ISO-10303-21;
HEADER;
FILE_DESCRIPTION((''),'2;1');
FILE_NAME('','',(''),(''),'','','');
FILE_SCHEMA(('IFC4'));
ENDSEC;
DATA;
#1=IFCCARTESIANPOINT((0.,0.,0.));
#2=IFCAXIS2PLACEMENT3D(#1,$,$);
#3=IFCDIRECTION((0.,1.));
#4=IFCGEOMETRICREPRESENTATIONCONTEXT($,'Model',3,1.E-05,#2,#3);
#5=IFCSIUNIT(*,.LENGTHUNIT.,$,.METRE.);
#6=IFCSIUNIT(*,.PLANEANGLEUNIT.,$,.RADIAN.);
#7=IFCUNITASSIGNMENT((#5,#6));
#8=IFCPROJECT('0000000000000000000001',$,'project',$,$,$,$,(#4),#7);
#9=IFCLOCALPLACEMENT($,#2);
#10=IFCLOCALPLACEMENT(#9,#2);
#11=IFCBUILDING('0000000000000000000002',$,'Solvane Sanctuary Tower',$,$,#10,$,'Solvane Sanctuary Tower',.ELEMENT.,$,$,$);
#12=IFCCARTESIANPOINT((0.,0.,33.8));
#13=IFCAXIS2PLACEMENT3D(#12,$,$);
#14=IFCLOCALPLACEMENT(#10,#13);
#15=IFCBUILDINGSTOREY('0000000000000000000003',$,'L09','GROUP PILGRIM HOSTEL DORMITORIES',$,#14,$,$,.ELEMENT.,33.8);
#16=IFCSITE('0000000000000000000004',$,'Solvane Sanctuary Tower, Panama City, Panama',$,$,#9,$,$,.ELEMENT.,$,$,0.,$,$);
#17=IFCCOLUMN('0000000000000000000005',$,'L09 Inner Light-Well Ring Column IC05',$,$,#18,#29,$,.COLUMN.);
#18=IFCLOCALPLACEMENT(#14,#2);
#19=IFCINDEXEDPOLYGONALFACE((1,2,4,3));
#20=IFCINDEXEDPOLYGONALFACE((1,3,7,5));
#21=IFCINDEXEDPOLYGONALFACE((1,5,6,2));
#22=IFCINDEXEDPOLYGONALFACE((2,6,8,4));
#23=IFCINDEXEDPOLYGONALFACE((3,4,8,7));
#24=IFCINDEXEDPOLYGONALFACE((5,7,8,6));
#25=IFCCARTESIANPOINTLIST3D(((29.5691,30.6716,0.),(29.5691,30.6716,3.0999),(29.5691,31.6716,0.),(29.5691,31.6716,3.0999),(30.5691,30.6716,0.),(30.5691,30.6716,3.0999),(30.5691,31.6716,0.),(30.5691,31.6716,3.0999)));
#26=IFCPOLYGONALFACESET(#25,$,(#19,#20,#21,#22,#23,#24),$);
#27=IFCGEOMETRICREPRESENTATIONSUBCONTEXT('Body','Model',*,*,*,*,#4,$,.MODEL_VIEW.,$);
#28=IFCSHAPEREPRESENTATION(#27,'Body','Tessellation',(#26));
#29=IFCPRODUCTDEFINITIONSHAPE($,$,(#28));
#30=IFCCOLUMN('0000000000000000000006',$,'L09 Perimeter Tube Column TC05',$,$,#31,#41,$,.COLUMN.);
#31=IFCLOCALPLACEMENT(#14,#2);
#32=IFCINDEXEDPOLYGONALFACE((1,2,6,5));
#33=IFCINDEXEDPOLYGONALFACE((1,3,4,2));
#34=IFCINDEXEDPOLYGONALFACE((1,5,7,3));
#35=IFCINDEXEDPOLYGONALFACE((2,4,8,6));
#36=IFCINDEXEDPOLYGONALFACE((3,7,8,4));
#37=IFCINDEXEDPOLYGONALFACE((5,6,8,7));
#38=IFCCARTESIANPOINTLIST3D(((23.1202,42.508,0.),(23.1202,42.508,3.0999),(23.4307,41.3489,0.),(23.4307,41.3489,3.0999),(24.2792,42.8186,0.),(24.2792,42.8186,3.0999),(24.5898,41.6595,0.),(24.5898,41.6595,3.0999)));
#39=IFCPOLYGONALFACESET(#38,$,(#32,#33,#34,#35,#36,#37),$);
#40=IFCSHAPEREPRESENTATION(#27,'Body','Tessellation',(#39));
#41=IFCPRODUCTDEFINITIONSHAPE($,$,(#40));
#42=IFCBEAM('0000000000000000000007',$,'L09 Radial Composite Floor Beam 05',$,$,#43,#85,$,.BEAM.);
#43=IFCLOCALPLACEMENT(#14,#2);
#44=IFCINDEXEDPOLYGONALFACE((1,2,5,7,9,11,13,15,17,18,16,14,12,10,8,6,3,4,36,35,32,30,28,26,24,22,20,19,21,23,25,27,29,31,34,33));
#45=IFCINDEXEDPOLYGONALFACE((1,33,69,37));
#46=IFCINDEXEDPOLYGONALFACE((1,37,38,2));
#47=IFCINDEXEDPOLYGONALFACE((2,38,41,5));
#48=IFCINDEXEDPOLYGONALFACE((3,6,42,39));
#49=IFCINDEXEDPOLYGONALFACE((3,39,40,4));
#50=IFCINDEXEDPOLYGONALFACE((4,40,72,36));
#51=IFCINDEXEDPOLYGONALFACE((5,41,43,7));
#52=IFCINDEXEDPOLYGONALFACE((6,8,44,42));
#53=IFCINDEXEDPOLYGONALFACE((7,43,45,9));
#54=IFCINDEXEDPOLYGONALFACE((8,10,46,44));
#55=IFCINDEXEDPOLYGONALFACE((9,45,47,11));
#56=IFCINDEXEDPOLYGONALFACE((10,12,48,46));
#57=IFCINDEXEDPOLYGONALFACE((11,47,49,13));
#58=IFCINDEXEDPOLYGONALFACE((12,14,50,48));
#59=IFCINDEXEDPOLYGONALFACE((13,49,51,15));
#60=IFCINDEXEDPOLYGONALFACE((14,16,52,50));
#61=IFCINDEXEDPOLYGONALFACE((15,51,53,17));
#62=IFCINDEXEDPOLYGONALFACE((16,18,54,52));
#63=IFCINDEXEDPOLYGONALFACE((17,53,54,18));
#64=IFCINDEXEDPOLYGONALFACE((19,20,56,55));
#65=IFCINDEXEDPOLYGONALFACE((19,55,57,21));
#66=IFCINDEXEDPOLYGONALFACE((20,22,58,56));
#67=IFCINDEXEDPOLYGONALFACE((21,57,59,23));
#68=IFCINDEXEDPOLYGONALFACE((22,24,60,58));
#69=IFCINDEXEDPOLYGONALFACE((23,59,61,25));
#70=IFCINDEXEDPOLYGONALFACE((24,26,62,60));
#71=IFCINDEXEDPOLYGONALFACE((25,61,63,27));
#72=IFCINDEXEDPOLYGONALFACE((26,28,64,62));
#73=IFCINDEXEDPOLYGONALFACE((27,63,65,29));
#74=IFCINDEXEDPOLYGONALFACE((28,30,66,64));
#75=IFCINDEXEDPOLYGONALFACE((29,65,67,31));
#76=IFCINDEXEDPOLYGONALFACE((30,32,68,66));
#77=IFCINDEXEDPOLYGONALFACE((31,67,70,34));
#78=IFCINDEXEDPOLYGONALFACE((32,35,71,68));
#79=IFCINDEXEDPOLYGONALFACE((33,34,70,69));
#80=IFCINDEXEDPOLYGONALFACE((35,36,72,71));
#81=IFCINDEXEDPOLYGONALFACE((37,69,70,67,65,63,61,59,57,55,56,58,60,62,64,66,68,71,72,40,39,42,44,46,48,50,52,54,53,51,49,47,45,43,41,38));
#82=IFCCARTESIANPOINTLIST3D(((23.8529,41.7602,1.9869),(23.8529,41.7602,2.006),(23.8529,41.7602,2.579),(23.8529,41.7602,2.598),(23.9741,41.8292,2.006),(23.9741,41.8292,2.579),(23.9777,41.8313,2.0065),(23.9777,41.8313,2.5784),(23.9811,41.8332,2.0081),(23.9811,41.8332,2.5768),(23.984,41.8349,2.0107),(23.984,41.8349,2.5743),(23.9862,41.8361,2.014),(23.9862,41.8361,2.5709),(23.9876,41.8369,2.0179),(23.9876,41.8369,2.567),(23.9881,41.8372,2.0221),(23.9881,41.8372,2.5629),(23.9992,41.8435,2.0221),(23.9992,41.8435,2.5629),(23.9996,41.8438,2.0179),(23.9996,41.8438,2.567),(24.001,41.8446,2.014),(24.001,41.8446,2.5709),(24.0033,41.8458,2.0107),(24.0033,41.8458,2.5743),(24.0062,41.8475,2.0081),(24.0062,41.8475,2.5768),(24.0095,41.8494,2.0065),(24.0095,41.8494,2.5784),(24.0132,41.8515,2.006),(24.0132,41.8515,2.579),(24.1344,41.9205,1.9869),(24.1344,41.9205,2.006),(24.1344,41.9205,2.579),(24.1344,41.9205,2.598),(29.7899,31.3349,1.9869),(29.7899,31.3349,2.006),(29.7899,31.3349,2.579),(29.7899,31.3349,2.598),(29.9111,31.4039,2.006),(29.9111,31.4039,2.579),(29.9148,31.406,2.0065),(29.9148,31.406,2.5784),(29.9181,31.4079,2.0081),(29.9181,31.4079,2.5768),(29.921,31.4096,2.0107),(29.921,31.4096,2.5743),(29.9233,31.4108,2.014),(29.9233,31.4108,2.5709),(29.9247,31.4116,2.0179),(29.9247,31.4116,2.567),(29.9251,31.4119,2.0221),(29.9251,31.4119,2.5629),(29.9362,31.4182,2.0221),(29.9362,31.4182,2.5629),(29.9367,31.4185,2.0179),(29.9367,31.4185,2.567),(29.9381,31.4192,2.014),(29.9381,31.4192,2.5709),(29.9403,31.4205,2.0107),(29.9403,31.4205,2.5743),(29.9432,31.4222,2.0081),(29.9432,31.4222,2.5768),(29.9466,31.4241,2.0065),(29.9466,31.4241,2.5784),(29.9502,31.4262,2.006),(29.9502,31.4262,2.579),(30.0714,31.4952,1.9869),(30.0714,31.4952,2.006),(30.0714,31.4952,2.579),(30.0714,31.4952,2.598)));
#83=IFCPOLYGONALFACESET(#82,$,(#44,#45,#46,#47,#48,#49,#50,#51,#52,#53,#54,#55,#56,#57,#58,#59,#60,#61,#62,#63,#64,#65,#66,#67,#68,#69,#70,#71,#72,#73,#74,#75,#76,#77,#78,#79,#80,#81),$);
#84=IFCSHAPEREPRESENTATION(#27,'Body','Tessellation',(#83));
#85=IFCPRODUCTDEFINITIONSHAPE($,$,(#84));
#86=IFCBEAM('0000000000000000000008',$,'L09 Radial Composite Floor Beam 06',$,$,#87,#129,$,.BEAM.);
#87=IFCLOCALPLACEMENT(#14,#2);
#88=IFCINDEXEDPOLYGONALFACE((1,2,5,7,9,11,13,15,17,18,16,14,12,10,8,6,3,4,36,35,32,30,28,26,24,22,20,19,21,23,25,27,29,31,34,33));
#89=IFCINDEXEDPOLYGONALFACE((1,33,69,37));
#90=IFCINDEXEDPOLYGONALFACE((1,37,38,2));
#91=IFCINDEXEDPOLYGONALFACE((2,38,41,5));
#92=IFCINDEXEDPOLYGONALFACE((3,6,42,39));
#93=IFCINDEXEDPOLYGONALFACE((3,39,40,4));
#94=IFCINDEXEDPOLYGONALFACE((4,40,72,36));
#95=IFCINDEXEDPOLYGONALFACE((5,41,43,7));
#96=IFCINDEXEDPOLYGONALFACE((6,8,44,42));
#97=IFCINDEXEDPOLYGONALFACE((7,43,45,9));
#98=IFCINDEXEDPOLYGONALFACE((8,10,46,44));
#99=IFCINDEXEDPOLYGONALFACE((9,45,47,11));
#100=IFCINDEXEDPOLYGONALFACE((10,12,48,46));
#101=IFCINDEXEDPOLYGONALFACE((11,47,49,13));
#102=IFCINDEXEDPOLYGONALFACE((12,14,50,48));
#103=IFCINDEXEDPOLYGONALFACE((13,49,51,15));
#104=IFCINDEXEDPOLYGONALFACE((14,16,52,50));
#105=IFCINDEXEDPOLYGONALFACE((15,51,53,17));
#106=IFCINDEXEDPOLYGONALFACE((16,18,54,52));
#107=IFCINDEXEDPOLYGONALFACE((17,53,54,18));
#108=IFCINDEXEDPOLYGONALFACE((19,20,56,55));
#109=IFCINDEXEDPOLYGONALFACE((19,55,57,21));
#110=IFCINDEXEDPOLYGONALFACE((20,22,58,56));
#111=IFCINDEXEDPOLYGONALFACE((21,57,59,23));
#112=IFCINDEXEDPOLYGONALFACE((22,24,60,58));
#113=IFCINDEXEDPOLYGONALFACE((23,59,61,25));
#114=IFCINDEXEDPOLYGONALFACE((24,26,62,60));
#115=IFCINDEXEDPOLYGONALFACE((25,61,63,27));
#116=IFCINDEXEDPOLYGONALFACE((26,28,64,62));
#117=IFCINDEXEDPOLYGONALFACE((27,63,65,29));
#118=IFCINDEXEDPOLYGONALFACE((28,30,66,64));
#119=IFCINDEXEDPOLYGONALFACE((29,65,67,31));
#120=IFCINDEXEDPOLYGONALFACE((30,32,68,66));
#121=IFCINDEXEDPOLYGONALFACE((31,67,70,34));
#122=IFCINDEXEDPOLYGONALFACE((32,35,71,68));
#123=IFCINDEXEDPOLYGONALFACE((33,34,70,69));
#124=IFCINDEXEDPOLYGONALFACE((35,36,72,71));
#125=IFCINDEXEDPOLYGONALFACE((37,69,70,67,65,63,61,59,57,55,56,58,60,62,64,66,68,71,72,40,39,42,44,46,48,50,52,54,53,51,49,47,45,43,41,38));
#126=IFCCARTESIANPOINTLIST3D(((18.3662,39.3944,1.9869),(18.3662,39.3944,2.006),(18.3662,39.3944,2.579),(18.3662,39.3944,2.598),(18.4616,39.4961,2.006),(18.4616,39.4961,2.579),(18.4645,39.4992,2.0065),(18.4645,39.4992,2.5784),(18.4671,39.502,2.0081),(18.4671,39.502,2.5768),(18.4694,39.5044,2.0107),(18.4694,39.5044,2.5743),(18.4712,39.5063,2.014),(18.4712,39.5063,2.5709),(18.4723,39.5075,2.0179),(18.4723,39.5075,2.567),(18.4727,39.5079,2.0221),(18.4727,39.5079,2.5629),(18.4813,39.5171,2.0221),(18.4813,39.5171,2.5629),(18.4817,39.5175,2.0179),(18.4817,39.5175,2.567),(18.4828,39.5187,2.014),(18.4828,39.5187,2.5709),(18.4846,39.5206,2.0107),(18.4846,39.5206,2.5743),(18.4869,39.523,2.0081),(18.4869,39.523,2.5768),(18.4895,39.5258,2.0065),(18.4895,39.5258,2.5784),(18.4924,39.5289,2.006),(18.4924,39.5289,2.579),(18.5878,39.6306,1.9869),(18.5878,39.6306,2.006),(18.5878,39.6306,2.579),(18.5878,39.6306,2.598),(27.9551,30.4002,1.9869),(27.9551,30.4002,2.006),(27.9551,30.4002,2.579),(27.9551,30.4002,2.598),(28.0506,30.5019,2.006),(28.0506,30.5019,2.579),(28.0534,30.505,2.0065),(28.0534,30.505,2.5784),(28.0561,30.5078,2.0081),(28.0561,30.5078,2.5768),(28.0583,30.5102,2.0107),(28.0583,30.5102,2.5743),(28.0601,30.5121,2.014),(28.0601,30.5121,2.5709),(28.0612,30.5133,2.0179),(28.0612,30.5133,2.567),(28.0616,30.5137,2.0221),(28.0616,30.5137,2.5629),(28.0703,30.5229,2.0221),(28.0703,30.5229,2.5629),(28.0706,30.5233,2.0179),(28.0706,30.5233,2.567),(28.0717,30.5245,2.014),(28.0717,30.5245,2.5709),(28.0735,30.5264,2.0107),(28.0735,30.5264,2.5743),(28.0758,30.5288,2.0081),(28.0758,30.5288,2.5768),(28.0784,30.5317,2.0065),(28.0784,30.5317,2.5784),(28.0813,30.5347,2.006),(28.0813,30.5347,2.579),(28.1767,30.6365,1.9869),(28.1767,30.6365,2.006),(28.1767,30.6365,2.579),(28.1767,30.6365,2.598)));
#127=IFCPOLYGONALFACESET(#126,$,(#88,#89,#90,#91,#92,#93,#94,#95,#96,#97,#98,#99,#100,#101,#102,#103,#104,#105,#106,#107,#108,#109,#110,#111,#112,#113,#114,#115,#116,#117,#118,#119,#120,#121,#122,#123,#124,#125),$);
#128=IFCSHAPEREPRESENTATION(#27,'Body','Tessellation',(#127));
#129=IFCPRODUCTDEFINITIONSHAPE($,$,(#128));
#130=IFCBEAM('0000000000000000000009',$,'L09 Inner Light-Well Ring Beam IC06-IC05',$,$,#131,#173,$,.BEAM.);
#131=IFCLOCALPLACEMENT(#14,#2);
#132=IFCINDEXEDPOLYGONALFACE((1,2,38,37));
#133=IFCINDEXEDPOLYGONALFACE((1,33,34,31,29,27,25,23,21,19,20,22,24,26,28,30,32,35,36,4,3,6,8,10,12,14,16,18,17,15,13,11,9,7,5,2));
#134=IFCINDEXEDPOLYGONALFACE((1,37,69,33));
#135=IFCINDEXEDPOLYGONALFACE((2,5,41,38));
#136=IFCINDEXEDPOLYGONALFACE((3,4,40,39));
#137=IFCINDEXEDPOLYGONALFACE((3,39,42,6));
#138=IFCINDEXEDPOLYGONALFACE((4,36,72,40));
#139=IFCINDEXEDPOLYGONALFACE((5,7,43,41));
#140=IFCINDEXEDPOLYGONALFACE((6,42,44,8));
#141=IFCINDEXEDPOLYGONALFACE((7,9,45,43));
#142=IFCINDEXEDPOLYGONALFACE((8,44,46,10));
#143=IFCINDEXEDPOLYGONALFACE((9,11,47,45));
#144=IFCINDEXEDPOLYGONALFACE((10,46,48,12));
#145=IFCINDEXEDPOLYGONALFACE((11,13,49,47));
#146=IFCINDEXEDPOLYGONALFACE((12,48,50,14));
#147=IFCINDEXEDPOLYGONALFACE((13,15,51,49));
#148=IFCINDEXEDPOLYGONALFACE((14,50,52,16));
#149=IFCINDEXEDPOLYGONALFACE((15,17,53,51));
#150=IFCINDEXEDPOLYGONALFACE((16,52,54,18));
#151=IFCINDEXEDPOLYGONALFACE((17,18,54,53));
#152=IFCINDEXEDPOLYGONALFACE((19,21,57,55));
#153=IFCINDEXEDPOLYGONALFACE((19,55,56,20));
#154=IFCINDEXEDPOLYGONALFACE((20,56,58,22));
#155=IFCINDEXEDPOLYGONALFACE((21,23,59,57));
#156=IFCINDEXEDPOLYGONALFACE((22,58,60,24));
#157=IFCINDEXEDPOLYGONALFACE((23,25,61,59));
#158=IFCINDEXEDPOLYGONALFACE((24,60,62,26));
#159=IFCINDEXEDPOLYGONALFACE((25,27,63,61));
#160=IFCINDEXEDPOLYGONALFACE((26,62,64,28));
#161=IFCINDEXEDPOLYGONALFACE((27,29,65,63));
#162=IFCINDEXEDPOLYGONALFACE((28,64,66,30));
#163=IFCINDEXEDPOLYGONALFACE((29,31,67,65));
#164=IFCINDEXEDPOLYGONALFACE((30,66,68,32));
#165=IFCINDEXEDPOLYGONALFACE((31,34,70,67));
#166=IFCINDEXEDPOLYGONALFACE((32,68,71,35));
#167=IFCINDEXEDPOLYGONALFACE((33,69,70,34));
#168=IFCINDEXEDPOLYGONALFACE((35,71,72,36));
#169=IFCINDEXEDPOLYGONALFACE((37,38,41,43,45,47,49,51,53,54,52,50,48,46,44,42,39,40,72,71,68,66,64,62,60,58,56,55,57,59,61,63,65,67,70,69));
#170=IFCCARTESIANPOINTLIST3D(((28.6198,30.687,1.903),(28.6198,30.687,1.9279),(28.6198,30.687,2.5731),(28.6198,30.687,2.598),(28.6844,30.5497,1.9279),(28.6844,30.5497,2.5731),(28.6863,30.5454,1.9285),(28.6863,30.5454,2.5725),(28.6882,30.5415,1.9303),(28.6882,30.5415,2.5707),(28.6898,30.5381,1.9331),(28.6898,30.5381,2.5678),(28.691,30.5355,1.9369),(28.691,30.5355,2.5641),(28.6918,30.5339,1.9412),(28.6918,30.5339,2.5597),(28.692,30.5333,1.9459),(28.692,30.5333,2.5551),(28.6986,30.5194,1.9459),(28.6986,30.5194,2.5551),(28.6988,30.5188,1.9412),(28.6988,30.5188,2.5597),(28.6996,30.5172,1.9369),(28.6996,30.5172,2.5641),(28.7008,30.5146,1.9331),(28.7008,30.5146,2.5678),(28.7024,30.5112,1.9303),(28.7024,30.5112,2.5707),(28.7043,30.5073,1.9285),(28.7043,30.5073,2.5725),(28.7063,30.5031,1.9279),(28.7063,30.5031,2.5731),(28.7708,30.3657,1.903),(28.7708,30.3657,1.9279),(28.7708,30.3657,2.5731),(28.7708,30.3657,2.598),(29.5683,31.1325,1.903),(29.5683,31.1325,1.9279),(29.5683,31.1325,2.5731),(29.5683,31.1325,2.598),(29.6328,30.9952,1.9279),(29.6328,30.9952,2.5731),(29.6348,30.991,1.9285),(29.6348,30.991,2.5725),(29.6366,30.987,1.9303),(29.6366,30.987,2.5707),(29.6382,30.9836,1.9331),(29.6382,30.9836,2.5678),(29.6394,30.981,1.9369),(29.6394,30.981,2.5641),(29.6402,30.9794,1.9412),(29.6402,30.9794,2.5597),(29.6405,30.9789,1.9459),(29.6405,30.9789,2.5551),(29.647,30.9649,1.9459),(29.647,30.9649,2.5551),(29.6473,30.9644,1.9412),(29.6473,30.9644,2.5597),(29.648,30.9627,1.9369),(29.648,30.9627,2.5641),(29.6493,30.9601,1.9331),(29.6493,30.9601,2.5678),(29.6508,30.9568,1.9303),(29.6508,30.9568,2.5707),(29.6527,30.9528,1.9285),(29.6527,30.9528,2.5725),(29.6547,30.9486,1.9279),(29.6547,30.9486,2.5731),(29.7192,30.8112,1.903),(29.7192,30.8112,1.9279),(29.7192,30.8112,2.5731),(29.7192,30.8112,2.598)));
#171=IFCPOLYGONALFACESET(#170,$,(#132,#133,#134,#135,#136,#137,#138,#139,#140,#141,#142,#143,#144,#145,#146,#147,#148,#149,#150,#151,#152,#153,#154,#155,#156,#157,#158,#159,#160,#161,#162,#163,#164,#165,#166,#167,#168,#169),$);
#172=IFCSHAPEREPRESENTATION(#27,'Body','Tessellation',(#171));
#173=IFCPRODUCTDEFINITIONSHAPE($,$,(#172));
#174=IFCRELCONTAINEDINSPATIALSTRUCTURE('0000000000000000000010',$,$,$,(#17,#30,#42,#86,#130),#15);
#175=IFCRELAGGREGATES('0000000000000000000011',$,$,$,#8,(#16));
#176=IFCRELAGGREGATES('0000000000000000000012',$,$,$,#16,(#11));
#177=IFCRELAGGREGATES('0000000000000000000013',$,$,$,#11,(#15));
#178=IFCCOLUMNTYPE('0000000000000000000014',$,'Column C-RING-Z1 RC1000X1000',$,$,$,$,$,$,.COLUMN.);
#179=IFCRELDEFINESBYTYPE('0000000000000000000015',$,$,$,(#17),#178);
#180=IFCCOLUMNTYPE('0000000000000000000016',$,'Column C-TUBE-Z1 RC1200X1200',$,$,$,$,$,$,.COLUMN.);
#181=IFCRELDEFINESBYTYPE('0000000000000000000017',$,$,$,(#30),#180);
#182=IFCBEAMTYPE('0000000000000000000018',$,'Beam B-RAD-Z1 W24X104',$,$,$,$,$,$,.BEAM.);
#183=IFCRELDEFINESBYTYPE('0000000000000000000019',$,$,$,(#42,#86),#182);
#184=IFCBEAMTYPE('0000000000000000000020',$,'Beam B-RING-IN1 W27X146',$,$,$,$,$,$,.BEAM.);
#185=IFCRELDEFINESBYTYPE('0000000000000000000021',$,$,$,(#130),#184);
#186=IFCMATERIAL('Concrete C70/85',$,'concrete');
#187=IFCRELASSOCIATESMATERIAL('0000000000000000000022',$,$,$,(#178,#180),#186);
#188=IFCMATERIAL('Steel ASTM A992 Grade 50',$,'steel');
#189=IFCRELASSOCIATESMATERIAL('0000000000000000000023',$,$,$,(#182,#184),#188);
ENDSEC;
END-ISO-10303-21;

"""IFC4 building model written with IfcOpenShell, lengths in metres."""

from ifc_helpers import new_model, si_unit, direction, frame, origin, origin_2d, place, context, subcontext, project, spatial, rectangle, i_section, extrude, material, material_profile, profile_set, type_object, element, save


model = new_model("IFC4")

# Units and contexts
model_context = context("Model", 3, precision=1e-05, world=origin(), true_north=direction((0.0, 1.0)))
body_context = subcontext(model_context, "Body", "Model", "MODEL_VIEW")
ifc_project = project(units=[si_unit("LENGTHUNIT", "METRE"), si_unit("PLANEANGLEUNIT", "RADIAN")], contexts=[model_context])

# Site, building, storey
site_placement = place(None, origin())
site = spatial("IfcSite", under=ifc_project, at=site_placement, Name="Solvane Sanctuary Tower, Panama City, Panama", CompositionType="ELEMENT", RefElevation=0.0)
building_placement = place(site_placement, origin())
building = spatial("IfcBuilding", under=site, at=building_placement, Name="Solvane Sanctuary Tower", LongName="Solvane Sanctuary Tower", CompositionType="ELEMENT")
storey_placement = place(building_placement, frame((0.0, 0.0, 33.8)))
storey = spatial("IfcBuildingStorey", under=building, at=storey_placement, Name="L09", Description="GROUP PILGRIM HOSTEL DORMITORIES", CompositionType="ELEMENT", Elevation=33.8)

# Columns
ifc_material_1 = material(Name="Concrete C70/85", Category="concrete")
ifc_material_profile_1 = material_profile(ifc_material_1, rectangle(XDim=1.0, YDim=1.0, at=origin_2d()), Name="RC1000X1000")
ifc_profile_set_1 = profile_set([ifc_material_profile_1], Name="Concrete C70/85")
column_type_1 = type_object("IfcColumnType", Name="Column C-RING-Z1 RC1000X1000", PredefinedType="COLUMN", material=ifc_profile_set_1)
column_1_placement = place(storey_placement, frame((30.0691, 31.1716, 0.0), z_axis=(0.0, 0.0, 1.0), x_axis=(1.0, 0.0, 0.0)))
element("IfcColumn", 1, at=column_1_placement, inside=storey, type_object=column_type_1, Name="L09 Inner Light-Well Ring Column IC05", PredefinedType="COLUMN", context=body_context, shape_type="SweptSolid", body=[
    extrude(rectangle(XDim=1.0, YDim=1.0, at=origin_2d()), origin(), (0.0, 0.0, 1.0), 3.0999),
])
ifc_material_profile_2 = material_profile(ifc_material_1, rectangle(XDim=1.2, YDim=1.2, at=origin_2d()), Name="RC1200X1200")
ifc_profile_set_2 = profile_set([ifc_material_profile_2], Name="Concrete C70/85")
column_type_2 = type_object("IfcColumnType", Name="Column C-TUBE-Z1 RC1200X1200", PredefinedType="COLUMN", material=ifc_profile_set_2)
column_2_placement = place(storey_placement, frame((23.855, 42.0837, 0.0), z_axis=(0.0, 0.0, 1.0), x_axis=(-0.258819, 0.965926, 0.0)))
element("IfcColumn", 2, at=column_2_placement, inside=storey, type_object=column_type_2, Name="L09 Perimeter Tube Column TC05", PredefinedType="COLUMN", context=body_context, shape_type="SweptSolid", body=[
    extrude(rectangle(XDim=1.2, YDim=1.2, at=origin_2d()), origin(), (0.0, 0.0, 1.0), 3.0999),
])

# Beams
ifc_material_2 = material(Name="Steel ASTM A992 Grade 50", Category="steel")
ifc_material_profile_3 = material_profile(ifc_material_2, i_section(OverallWidth=0.324, OverallDepth=0.6111, WebThickness=0.0127, FlangeThickness=0.019, FilletRadius=0.0161, at=origin_2d()), Name="W24X104")
ifc_profile_set_3 = profile_set([ifc_material_profile_3], Name="Steel ASTM A992 Grade 50")
beam_type_1 = type_object("IfcBeamType", Name="Beam B-RAD-Z1 W24X104", PredefinedType="BEAM", material=ifc_profile_set_3)
beam_1_placement = place(storey_placement, frame((29.9307, 31.415, 2.2925), z_axis=(-0.494863, 0.868971, 0.0), x_axis=(-0.868971, -0.494863, 0.0)))
element("IfcBeam", 3, at=beam_1_placement, inside=storey, type_object=beam_type_1, Name="L09 Radial Composite Floor Beam 05", PredefinedType="BEAM", context=body_context, shape_type="SweptSolid", body=[
    extrude(i_section(OverallWidth=0.324, OverallDepth=0.6111, WebThickness=0.0127, FlangeThickness=0.019, FilletRadius=0.0161, at=origin_2d()), origin(), (0.0, 0.0, 1.0), 11.9973),
])
beam_2_placement = place(storey_placement, frame((28.0659, 30.5183, 2.2925), z_axis=(-0.729363, 0.684126, 0.0), x_axis=(-0.684126, -0.729363, 0.0)))
element("IfcBeam", 4, at=beam_2_placement, inside=storey, type_object=beam_type_1, Name="L09 Radial Composite Floor Beam 06", PredefinedType="BEAM", context=body_context, shape_type="SweptSolid", body=[
    extrude(i_section(OverallWidth=0.324, OverallDepth=0.6111, WebThickness=0.0127, FlangeThickness=0.019, FilletRadius=0.0161, at=origin_2d()), origin(), (0.0, 0.0, 1.0), 13.147),
])
ifc_material_profile_4 = material_profile(ifc_material_2, i_section(OverallWidth=0.355, OverallDepth=0.6951, WebThickness=0.0154, FlangeThickness=0.0249, FilletRadius=0.0181, at=origin_2d()), Name="W27X146")
ifc_profile_set_4 = profile_set([ifc_material_profile_4], Name="Steel ASTM A992 Grade 50")
beam_type_2 = type_object("IfcBeamType", Name="Beam B-RING-IN1 W27X146", PredefinedType="BEAM", material=ifc_profile_set_4)
beam_3_placement = place(storey_placement, frame((28.6953, 30.5264, 2.2505), z_axis=(0.905109, 0.42518, 0.0), x_axis=(-0.42518, 0.905109, 0.0)))
element("IfcBeam", 5, at=beam_3_placement, inside=storey, type_object=beam_type_2, Name="L09 Inner Light-Well Ring Beam IC06-IC05", PredefinedType="BEAM", context=body_context, shape_type="SweptSolid", body=[
    extrude(i_section(OverallWidth=0.355, OverallDepth=0.6951, WebThickness=0.0154, FlangeThickness=0.0249, FilletRadius=0.0181, at=origin_2d()), origin(), (0.0, 0.0, 1.0), 1.0479),
])

save(model, "model.ifc")
